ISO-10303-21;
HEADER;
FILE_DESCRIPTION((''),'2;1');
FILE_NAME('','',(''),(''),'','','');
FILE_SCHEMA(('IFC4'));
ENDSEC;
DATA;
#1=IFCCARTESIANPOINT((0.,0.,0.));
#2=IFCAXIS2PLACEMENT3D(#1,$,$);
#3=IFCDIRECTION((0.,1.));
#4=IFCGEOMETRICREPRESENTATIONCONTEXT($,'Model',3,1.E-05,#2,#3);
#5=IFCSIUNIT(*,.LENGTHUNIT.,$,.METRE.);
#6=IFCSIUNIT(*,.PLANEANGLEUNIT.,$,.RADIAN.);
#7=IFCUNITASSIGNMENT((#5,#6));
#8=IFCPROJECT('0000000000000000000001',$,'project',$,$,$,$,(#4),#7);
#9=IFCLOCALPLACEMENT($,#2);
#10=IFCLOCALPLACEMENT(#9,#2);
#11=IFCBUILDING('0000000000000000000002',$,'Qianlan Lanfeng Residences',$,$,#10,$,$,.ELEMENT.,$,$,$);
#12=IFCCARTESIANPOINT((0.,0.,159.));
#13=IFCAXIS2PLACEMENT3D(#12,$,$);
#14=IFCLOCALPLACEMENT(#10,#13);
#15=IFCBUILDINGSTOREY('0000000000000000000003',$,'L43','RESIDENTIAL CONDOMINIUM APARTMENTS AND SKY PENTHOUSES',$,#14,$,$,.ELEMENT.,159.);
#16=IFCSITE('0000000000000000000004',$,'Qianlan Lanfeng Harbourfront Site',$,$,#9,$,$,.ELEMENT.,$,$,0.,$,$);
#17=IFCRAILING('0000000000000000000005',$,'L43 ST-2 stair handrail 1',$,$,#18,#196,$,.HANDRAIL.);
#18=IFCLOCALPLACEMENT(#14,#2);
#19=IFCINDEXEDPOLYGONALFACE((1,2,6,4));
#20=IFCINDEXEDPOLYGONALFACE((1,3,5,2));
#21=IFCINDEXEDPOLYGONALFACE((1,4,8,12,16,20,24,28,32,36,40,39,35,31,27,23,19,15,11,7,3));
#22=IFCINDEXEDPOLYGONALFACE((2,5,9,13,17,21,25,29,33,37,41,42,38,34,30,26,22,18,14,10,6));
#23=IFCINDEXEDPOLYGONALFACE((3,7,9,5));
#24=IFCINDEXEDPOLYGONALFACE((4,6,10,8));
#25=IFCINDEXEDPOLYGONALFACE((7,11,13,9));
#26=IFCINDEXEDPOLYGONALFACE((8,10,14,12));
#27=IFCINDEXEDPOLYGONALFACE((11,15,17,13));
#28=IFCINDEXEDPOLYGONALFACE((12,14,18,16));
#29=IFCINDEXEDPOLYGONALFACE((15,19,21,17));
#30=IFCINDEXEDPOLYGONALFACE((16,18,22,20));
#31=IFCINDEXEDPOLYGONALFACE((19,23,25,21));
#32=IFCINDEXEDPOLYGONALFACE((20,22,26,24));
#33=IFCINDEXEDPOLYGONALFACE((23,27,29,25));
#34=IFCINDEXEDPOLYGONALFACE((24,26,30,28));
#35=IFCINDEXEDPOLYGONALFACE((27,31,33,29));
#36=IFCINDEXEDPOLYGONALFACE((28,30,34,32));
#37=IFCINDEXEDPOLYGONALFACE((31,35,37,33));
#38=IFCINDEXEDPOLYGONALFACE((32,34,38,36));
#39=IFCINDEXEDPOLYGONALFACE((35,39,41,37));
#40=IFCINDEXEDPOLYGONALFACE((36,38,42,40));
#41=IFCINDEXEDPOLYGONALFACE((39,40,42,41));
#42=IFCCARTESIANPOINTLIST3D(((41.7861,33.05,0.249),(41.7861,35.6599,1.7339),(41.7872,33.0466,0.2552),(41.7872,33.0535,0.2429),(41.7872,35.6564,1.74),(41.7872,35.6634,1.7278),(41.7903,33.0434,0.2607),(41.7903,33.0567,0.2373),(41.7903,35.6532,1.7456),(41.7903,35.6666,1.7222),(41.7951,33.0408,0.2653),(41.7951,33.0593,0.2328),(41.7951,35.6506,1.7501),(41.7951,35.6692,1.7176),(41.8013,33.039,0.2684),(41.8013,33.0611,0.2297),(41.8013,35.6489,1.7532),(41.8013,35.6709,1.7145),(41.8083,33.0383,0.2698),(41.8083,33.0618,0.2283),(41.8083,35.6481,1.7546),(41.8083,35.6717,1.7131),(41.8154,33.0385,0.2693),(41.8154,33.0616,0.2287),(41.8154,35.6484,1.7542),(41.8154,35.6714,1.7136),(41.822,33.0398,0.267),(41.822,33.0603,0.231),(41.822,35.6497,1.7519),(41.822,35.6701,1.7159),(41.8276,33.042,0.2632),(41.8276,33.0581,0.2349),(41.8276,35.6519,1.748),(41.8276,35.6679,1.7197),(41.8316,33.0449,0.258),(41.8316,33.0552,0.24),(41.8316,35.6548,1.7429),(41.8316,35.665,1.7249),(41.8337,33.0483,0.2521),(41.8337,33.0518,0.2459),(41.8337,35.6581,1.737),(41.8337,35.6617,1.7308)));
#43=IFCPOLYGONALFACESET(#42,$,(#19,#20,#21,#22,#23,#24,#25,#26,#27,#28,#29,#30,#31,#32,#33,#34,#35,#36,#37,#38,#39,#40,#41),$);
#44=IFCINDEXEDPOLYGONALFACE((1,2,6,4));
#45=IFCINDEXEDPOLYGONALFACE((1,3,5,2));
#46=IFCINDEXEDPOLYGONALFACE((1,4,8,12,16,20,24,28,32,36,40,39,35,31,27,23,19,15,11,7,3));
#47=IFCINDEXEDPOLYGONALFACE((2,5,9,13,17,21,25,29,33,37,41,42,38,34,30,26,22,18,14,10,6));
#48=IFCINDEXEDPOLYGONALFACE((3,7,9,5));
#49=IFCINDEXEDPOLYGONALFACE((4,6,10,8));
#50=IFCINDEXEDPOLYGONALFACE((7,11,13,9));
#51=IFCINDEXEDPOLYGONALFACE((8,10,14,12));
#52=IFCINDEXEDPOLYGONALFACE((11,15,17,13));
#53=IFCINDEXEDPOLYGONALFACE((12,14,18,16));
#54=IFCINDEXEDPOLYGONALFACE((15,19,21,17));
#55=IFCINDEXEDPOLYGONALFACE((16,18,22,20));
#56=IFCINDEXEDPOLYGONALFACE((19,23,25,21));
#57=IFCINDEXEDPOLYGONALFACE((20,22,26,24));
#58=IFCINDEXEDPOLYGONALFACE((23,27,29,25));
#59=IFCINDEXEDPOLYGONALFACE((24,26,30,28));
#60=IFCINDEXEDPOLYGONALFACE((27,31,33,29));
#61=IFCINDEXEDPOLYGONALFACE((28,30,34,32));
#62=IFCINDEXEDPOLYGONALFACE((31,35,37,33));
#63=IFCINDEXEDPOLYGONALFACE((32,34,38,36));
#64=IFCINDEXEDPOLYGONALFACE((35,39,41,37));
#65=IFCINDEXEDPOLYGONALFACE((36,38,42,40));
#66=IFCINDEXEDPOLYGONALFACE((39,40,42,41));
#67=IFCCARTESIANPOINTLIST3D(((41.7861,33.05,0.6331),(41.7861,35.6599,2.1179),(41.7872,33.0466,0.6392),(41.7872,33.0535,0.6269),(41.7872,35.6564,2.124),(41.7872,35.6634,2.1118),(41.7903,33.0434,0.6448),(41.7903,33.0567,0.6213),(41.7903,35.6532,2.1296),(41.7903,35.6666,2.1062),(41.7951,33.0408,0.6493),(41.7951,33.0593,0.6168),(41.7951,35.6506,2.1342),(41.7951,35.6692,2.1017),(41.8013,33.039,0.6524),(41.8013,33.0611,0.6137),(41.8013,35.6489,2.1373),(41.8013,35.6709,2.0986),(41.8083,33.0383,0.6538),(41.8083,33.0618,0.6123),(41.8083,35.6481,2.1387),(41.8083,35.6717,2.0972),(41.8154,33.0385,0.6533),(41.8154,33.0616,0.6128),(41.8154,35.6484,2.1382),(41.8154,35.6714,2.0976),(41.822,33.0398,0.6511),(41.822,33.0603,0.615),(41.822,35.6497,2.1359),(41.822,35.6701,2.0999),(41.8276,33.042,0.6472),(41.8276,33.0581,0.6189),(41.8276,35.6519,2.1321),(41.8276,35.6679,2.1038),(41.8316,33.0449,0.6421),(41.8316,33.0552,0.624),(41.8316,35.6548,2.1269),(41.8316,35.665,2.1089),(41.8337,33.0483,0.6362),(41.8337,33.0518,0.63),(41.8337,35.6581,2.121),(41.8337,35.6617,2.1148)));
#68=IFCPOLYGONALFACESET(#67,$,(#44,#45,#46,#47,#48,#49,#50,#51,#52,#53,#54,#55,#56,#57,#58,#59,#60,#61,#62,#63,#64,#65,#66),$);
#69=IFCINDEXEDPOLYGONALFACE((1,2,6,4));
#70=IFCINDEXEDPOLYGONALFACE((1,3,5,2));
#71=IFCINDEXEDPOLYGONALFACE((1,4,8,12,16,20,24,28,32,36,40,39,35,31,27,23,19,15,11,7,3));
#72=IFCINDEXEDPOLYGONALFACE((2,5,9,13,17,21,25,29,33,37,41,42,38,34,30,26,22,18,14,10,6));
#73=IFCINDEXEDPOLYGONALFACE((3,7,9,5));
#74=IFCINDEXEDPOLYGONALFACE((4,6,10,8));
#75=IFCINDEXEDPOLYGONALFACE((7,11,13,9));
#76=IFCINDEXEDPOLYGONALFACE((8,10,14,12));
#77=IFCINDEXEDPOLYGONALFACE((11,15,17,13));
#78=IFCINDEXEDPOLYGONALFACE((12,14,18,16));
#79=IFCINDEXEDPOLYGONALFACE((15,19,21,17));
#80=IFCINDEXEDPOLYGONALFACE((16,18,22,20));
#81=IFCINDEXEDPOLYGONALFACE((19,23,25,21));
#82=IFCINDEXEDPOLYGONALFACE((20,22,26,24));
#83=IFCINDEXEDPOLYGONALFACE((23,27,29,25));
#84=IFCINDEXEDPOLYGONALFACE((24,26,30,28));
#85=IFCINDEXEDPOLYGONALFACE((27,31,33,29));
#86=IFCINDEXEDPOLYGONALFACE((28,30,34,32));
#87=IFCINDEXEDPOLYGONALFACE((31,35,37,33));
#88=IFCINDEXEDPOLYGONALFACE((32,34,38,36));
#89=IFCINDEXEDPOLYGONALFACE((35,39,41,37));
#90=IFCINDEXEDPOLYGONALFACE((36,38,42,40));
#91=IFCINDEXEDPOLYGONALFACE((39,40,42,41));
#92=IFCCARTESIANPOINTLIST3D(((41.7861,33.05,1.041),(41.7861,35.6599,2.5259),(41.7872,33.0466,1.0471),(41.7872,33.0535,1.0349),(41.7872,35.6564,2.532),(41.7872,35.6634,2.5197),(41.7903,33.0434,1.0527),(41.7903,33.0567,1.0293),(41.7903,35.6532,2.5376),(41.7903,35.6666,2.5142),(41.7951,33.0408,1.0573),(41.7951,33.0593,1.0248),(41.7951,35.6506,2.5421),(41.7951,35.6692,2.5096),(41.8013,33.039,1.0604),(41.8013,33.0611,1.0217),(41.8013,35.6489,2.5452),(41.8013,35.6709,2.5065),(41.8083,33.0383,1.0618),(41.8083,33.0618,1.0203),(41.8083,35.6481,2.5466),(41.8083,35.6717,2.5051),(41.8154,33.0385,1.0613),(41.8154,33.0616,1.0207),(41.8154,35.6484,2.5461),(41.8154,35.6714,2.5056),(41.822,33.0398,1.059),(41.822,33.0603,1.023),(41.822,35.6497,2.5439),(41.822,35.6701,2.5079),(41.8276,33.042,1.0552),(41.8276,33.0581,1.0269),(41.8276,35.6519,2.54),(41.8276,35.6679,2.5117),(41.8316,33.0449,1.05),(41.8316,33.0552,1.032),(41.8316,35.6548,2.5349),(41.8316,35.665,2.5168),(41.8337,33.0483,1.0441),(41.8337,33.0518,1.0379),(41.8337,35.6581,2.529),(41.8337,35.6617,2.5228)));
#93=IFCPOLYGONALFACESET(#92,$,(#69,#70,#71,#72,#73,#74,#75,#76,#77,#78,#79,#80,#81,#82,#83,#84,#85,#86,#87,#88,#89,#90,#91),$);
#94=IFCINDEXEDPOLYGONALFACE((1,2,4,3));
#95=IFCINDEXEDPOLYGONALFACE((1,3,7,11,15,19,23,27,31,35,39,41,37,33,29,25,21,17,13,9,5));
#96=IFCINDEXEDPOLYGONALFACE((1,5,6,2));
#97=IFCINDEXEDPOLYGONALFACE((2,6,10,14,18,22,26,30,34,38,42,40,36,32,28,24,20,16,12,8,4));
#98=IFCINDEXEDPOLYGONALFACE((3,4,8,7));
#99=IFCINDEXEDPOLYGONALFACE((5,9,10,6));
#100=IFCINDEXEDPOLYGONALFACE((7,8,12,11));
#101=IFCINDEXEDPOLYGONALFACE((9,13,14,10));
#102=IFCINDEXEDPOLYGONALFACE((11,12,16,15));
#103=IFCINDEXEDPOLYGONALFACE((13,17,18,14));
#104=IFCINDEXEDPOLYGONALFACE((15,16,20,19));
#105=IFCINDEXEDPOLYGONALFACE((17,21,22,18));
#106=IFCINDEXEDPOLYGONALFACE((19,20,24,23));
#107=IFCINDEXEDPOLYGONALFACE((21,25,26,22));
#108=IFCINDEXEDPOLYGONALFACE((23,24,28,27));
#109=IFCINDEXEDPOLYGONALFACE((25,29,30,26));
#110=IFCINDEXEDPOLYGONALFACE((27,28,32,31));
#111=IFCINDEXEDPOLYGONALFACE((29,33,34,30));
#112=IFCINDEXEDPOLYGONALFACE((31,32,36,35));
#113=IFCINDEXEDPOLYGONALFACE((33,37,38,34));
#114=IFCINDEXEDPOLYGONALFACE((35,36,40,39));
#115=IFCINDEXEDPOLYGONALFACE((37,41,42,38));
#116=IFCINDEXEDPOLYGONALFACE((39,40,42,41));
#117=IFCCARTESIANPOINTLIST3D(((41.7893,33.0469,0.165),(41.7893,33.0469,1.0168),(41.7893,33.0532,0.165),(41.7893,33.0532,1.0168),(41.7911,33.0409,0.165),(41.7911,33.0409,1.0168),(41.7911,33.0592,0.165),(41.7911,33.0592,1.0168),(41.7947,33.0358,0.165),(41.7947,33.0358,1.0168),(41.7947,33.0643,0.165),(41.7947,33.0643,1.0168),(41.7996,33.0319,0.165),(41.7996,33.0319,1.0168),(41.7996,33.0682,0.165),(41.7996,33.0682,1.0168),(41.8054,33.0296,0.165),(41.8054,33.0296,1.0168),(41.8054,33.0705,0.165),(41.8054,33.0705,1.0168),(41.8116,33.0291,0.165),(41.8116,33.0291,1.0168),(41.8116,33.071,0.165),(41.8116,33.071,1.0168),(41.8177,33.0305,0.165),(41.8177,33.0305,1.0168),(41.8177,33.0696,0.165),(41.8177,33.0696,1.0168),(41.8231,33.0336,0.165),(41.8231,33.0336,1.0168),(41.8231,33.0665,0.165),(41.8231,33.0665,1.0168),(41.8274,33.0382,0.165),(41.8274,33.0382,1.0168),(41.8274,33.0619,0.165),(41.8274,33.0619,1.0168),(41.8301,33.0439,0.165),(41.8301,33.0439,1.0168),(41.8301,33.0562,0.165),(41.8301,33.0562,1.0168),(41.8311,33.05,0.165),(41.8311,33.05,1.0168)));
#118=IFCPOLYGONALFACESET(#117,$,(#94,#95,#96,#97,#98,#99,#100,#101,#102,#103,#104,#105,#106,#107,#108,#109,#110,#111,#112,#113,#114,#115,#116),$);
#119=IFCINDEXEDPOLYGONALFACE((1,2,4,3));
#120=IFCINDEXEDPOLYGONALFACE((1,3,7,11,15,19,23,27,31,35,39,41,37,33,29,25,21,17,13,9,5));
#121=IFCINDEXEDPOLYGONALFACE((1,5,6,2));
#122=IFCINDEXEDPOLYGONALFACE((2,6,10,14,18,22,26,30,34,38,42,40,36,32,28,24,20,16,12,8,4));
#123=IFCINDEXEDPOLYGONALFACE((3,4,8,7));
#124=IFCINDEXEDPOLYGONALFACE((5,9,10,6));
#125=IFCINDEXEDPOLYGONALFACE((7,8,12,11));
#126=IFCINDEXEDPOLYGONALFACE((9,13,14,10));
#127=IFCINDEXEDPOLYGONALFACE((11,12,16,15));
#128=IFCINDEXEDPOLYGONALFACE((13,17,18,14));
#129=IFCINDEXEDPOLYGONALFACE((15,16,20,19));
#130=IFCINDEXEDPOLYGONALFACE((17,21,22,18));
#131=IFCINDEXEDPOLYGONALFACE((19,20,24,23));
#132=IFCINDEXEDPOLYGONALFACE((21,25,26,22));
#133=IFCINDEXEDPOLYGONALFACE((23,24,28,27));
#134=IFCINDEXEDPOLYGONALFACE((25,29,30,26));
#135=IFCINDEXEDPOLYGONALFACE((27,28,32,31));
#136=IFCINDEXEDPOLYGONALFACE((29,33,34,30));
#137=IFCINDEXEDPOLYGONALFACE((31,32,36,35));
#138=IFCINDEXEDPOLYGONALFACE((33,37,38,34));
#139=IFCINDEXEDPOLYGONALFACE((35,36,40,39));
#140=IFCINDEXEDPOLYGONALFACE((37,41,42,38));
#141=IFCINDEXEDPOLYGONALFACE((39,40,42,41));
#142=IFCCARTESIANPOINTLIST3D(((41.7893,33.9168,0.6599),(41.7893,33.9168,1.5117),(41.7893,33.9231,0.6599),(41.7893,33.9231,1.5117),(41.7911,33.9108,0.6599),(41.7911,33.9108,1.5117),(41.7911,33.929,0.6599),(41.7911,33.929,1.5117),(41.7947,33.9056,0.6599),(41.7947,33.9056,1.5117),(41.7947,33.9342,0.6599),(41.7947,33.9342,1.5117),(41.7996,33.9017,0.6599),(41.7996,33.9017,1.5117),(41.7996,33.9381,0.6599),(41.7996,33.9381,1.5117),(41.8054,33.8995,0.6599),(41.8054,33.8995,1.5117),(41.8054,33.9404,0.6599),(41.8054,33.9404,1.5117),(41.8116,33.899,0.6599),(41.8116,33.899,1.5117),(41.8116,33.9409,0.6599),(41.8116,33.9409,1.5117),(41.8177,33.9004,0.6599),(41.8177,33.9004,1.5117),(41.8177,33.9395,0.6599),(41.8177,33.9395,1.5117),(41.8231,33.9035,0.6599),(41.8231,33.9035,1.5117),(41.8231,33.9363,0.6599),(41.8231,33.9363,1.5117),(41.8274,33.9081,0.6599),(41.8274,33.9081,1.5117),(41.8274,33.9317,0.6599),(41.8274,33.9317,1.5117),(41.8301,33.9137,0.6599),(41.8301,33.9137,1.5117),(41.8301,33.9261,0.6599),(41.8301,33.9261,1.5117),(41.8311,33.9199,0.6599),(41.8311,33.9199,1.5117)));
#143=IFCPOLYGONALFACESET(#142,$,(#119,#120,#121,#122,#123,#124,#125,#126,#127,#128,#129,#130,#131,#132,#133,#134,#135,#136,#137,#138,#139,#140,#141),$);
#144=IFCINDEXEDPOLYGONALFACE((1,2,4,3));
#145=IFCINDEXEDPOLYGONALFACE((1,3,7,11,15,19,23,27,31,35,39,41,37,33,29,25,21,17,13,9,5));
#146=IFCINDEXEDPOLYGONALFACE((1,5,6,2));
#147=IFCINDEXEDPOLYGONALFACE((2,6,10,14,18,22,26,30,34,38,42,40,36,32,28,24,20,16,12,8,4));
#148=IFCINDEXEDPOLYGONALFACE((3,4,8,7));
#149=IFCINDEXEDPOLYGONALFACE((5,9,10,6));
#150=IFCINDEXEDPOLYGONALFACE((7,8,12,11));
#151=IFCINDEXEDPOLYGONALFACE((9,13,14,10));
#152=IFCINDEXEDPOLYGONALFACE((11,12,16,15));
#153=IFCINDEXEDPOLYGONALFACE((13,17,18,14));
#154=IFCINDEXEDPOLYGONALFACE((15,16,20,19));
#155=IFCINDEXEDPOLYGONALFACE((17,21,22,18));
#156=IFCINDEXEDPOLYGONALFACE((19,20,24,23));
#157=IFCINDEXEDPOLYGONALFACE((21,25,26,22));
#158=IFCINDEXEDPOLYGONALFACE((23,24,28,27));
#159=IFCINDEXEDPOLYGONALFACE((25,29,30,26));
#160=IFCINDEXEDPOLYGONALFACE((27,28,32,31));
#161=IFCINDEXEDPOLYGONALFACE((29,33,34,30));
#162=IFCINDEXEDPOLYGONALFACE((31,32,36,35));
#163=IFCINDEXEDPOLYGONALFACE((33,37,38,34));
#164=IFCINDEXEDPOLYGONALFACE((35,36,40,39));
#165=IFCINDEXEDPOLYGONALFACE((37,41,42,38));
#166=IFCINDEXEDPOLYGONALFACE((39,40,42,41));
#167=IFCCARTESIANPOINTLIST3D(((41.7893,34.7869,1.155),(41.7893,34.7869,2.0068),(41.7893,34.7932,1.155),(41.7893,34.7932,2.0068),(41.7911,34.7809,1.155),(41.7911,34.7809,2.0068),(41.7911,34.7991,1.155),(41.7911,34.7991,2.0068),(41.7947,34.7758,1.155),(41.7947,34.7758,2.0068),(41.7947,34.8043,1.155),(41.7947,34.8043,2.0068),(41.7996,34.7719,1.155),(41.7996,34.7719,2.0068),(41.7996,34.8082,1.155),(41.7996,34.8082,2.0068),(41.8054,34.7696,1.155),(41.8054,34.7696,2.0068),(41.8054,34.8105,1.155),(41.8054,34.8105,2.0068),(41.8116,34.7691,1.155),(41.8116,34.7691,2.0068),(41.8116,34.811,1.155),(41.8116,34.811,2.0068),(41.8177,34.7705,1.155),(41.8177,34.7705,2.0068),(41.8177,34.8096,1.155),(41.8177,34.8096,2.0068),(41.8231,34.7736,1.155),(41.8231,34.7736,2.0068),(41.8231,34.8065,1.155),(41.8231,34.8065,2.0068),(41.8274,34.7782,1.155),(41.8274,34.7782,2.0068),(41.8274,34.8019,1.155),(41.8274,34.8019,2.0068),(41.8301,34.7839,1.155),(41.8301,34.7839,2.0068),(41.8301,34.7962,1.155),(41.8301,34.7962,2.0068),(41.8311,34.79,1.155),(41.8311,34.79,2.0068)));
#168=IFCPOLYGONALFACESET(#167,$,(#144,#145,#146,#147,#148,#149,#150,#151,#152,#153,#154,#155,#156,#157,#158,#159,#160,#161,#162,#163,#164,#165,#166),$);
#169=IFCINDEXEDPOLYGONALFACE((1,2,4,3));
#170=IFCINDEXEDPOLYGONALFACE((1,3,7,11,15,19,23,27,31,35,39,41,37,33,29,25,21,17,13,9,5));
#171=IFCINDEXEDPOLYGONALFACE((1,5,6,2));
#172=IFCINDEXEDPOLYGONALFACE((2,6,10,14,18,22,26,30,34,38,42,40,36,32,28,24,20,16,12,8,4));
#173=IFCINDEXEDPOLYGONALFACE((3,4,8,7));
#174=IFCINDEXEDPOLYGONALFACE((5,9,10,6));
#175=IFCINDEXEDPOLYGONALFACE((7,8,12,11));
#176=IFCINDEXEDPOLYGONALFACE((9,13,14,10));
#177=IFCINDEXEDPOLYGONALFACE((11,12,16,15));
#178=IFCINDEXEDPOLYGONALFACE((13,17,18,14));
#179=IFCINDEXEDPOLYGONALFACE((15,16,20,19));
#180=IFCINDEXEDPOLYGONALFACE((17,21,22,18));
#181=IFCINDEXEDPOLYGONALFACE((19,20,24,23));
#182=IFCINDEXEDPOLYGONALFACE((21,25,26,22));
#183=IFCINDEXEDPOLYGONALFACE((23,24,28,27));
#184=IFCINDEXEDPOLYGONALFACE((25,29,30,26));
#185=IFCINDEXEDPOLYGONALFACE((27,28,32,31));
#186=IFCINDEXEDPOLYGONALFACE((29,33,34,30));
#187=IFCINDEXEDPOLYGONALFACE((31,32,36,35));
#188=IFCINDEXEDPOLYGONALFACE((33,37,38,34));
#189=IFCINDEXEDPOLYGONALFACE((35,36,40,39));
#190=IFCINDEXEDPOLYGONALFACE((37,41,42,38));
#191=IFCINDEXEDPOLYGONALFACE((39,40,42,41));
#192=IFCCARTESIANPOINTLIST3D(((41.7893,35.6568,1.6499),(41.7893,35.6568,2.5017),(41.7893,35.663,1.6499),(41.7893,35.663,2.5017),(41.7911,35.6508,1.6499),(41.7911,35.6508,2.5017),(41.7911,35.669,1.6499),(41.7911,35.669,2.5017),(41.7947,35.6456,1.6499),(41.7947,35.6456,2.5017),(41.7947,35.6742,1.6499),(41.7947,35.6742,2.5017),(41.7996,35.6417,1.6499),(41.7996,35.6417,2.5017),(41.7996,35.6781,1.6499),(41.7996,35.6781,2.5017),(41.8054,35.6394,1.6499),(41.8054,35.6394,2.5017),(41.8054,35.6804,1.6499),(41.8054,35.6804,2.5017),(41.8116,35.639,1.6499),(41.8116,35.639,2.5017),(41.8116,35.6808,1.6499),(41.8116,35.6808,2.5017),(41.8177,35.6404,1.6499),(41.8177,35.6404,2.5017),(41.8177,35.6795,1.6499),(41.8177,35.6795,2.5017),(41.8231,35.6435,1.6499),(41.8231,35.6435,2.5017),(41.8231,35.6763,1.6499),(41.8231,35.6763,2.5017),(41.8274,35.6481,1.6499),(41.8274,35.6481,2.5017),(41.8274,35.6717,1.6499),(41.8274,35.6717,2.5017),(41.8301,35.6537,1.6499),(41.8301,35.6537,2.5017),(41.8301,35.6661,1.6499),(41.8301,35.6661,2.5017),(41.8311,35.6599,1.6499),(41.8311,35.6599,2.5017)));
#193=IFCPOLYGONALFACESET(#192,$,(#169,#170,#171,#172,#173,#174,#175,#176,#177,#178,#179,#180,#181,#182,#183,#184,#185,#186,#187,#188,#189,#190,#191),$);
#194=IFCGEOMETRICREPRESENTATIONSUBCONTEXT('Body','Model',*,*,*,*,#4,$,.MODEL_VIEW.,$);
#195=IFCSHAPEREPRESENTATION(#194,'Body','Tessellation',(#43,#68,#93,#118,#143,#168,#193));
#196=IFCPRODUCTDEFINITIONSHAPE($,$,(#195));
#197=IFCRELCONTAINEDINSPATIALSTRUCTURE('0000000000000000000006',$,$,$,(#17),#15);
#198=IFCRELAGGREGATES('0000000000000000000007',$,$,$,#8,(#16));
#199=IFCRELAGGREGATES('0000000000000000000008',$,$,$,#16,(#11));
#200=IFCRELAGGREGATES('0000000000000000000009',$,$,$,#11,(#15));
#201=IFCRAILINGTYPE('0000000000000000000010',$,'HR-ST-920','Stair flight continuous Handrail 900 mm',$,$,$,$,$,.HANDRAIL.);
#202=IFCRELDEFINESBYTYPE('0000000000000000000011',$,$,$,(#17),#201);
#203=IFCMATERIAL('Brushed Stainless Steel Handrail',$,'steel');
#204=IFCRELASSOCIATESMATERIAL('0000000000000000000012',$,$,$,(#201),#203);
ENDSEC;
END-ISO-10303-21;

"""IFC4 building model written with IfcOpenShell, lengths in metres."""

from ifc_helpers import new_model, si_unit, direction, frame, origin, origin_2d, place, context, subcontext, project, spatial, circle, extrude, material, type_object, element, save


model = new_model("IFC4")

# Units and contexts
model_context = context("Model", 3, precision=1e-05, world=origin(), true_north=direction((0.0, 1.0)))
body_context = subcontext(model_context, "Body", "Model", "MODEL_VIEW")
ifc_project = project(units=[si_unit("LENGTHUNIT", "METRE"), si_unit("PLANEANGLEUNIT", "RADIAN")], contexts=[model_context])

# Site, building, storey
site_placement = place(None, origin())
site = spatial("IfcSite", under=ifc_project, at=site_placement, Name="Qianlan Lanfeng Harbourfront Site", CompositionType="ELEMENT", RefElevation=0.0)
building_placement = place(site_placement, origin())
building = spatial("IfcBuilding", under=site, at=building_placement, Name="Qianlan Lanfeng Residences", CompositionType="ELEMENT")
storey_placement = place(building_placement, frame((0.0, 0.0, 159.0)))
storey = spatial("IfcBuildingStorey", under=building, at=storey_placement, Name="L43", Description="RESIDENTIAL CONDOMINIUM APARTMENTS AND SKY PENTHOUSES", CompositionType="ELEMENT", Elevation=159.0)

# Railing
ifc_material_1 = material(Name="Brushed Stainless Steel Handrail", Category="steel")
railing_type_1 = type_object("IfcRailingType", Name="HR-ST-920", Description="Stair flight continuous Handrail 900 mm", PredefinedType="HANDRAIL", material=ifc_material_1)
railing_1_placement = place(storey_placement, frame((41.8101, 33.05, 0.165)))
element("IfcRailing", 1, at=railing_1_placement, inside=storey, type_object=railing_type_1, Name="L43 ST-2 stair handrail 1", PredefinedType="HANDRAIL", context=body_context, shape_type="SweptSolid", body=[
    extrude(circle(Radius=0.0239, at=origin_2d()), frame((0.0, 0.0, 0.084), z_axis=(0.0, 0.869172, 0.494509), x_axis=(-1.0, 0.0, 0.0)), (0.0, 0.0, 1.0), 3.0027),
    extrude(circle(Radius=0.0239, at=origin_2d()), frame((0.0, 0.0, 0.468), z_axis=(0.0, 0.869172, 0.494509), x_axis=(-1.0, 0.0, 0.0)), (0.0, 0.0, 1.0), 3.0027),
    extrude(circle(Radius=0.0239, at=origin_2d()), frame((0.0, 0.0, 0.876), z_axis=(0.0, 0.869172, 0.494509), x_axis=(-1.0, 0.0, 0.0)), (0.0, 0.0, 1.0), 3.0027),
    extrude(circle(Radius=0.021, at=origin_2d()), origin(), (0.0, 0.0, 1.0), 0.8518),
    extrude(circle(Radius=0.021, at=origin_2d()), frame((0.0, 0.8699, 0.4949)), (0.0, 0.0, 1.0), 0.8518),
    extrude(circle(Radius=0.021, at=origin_2d()), frame((0.0, 1.74, 0.99)), (0.0, 0.0, 1.0), 0.8518),
    extrude(circle(Radius=0.021, at=origin_2d()), frame((0.0, 2.6099, 1.4849)), (0.0, 0.0, 1.0), 0.8518),
])

save(model, "model.ifc")
